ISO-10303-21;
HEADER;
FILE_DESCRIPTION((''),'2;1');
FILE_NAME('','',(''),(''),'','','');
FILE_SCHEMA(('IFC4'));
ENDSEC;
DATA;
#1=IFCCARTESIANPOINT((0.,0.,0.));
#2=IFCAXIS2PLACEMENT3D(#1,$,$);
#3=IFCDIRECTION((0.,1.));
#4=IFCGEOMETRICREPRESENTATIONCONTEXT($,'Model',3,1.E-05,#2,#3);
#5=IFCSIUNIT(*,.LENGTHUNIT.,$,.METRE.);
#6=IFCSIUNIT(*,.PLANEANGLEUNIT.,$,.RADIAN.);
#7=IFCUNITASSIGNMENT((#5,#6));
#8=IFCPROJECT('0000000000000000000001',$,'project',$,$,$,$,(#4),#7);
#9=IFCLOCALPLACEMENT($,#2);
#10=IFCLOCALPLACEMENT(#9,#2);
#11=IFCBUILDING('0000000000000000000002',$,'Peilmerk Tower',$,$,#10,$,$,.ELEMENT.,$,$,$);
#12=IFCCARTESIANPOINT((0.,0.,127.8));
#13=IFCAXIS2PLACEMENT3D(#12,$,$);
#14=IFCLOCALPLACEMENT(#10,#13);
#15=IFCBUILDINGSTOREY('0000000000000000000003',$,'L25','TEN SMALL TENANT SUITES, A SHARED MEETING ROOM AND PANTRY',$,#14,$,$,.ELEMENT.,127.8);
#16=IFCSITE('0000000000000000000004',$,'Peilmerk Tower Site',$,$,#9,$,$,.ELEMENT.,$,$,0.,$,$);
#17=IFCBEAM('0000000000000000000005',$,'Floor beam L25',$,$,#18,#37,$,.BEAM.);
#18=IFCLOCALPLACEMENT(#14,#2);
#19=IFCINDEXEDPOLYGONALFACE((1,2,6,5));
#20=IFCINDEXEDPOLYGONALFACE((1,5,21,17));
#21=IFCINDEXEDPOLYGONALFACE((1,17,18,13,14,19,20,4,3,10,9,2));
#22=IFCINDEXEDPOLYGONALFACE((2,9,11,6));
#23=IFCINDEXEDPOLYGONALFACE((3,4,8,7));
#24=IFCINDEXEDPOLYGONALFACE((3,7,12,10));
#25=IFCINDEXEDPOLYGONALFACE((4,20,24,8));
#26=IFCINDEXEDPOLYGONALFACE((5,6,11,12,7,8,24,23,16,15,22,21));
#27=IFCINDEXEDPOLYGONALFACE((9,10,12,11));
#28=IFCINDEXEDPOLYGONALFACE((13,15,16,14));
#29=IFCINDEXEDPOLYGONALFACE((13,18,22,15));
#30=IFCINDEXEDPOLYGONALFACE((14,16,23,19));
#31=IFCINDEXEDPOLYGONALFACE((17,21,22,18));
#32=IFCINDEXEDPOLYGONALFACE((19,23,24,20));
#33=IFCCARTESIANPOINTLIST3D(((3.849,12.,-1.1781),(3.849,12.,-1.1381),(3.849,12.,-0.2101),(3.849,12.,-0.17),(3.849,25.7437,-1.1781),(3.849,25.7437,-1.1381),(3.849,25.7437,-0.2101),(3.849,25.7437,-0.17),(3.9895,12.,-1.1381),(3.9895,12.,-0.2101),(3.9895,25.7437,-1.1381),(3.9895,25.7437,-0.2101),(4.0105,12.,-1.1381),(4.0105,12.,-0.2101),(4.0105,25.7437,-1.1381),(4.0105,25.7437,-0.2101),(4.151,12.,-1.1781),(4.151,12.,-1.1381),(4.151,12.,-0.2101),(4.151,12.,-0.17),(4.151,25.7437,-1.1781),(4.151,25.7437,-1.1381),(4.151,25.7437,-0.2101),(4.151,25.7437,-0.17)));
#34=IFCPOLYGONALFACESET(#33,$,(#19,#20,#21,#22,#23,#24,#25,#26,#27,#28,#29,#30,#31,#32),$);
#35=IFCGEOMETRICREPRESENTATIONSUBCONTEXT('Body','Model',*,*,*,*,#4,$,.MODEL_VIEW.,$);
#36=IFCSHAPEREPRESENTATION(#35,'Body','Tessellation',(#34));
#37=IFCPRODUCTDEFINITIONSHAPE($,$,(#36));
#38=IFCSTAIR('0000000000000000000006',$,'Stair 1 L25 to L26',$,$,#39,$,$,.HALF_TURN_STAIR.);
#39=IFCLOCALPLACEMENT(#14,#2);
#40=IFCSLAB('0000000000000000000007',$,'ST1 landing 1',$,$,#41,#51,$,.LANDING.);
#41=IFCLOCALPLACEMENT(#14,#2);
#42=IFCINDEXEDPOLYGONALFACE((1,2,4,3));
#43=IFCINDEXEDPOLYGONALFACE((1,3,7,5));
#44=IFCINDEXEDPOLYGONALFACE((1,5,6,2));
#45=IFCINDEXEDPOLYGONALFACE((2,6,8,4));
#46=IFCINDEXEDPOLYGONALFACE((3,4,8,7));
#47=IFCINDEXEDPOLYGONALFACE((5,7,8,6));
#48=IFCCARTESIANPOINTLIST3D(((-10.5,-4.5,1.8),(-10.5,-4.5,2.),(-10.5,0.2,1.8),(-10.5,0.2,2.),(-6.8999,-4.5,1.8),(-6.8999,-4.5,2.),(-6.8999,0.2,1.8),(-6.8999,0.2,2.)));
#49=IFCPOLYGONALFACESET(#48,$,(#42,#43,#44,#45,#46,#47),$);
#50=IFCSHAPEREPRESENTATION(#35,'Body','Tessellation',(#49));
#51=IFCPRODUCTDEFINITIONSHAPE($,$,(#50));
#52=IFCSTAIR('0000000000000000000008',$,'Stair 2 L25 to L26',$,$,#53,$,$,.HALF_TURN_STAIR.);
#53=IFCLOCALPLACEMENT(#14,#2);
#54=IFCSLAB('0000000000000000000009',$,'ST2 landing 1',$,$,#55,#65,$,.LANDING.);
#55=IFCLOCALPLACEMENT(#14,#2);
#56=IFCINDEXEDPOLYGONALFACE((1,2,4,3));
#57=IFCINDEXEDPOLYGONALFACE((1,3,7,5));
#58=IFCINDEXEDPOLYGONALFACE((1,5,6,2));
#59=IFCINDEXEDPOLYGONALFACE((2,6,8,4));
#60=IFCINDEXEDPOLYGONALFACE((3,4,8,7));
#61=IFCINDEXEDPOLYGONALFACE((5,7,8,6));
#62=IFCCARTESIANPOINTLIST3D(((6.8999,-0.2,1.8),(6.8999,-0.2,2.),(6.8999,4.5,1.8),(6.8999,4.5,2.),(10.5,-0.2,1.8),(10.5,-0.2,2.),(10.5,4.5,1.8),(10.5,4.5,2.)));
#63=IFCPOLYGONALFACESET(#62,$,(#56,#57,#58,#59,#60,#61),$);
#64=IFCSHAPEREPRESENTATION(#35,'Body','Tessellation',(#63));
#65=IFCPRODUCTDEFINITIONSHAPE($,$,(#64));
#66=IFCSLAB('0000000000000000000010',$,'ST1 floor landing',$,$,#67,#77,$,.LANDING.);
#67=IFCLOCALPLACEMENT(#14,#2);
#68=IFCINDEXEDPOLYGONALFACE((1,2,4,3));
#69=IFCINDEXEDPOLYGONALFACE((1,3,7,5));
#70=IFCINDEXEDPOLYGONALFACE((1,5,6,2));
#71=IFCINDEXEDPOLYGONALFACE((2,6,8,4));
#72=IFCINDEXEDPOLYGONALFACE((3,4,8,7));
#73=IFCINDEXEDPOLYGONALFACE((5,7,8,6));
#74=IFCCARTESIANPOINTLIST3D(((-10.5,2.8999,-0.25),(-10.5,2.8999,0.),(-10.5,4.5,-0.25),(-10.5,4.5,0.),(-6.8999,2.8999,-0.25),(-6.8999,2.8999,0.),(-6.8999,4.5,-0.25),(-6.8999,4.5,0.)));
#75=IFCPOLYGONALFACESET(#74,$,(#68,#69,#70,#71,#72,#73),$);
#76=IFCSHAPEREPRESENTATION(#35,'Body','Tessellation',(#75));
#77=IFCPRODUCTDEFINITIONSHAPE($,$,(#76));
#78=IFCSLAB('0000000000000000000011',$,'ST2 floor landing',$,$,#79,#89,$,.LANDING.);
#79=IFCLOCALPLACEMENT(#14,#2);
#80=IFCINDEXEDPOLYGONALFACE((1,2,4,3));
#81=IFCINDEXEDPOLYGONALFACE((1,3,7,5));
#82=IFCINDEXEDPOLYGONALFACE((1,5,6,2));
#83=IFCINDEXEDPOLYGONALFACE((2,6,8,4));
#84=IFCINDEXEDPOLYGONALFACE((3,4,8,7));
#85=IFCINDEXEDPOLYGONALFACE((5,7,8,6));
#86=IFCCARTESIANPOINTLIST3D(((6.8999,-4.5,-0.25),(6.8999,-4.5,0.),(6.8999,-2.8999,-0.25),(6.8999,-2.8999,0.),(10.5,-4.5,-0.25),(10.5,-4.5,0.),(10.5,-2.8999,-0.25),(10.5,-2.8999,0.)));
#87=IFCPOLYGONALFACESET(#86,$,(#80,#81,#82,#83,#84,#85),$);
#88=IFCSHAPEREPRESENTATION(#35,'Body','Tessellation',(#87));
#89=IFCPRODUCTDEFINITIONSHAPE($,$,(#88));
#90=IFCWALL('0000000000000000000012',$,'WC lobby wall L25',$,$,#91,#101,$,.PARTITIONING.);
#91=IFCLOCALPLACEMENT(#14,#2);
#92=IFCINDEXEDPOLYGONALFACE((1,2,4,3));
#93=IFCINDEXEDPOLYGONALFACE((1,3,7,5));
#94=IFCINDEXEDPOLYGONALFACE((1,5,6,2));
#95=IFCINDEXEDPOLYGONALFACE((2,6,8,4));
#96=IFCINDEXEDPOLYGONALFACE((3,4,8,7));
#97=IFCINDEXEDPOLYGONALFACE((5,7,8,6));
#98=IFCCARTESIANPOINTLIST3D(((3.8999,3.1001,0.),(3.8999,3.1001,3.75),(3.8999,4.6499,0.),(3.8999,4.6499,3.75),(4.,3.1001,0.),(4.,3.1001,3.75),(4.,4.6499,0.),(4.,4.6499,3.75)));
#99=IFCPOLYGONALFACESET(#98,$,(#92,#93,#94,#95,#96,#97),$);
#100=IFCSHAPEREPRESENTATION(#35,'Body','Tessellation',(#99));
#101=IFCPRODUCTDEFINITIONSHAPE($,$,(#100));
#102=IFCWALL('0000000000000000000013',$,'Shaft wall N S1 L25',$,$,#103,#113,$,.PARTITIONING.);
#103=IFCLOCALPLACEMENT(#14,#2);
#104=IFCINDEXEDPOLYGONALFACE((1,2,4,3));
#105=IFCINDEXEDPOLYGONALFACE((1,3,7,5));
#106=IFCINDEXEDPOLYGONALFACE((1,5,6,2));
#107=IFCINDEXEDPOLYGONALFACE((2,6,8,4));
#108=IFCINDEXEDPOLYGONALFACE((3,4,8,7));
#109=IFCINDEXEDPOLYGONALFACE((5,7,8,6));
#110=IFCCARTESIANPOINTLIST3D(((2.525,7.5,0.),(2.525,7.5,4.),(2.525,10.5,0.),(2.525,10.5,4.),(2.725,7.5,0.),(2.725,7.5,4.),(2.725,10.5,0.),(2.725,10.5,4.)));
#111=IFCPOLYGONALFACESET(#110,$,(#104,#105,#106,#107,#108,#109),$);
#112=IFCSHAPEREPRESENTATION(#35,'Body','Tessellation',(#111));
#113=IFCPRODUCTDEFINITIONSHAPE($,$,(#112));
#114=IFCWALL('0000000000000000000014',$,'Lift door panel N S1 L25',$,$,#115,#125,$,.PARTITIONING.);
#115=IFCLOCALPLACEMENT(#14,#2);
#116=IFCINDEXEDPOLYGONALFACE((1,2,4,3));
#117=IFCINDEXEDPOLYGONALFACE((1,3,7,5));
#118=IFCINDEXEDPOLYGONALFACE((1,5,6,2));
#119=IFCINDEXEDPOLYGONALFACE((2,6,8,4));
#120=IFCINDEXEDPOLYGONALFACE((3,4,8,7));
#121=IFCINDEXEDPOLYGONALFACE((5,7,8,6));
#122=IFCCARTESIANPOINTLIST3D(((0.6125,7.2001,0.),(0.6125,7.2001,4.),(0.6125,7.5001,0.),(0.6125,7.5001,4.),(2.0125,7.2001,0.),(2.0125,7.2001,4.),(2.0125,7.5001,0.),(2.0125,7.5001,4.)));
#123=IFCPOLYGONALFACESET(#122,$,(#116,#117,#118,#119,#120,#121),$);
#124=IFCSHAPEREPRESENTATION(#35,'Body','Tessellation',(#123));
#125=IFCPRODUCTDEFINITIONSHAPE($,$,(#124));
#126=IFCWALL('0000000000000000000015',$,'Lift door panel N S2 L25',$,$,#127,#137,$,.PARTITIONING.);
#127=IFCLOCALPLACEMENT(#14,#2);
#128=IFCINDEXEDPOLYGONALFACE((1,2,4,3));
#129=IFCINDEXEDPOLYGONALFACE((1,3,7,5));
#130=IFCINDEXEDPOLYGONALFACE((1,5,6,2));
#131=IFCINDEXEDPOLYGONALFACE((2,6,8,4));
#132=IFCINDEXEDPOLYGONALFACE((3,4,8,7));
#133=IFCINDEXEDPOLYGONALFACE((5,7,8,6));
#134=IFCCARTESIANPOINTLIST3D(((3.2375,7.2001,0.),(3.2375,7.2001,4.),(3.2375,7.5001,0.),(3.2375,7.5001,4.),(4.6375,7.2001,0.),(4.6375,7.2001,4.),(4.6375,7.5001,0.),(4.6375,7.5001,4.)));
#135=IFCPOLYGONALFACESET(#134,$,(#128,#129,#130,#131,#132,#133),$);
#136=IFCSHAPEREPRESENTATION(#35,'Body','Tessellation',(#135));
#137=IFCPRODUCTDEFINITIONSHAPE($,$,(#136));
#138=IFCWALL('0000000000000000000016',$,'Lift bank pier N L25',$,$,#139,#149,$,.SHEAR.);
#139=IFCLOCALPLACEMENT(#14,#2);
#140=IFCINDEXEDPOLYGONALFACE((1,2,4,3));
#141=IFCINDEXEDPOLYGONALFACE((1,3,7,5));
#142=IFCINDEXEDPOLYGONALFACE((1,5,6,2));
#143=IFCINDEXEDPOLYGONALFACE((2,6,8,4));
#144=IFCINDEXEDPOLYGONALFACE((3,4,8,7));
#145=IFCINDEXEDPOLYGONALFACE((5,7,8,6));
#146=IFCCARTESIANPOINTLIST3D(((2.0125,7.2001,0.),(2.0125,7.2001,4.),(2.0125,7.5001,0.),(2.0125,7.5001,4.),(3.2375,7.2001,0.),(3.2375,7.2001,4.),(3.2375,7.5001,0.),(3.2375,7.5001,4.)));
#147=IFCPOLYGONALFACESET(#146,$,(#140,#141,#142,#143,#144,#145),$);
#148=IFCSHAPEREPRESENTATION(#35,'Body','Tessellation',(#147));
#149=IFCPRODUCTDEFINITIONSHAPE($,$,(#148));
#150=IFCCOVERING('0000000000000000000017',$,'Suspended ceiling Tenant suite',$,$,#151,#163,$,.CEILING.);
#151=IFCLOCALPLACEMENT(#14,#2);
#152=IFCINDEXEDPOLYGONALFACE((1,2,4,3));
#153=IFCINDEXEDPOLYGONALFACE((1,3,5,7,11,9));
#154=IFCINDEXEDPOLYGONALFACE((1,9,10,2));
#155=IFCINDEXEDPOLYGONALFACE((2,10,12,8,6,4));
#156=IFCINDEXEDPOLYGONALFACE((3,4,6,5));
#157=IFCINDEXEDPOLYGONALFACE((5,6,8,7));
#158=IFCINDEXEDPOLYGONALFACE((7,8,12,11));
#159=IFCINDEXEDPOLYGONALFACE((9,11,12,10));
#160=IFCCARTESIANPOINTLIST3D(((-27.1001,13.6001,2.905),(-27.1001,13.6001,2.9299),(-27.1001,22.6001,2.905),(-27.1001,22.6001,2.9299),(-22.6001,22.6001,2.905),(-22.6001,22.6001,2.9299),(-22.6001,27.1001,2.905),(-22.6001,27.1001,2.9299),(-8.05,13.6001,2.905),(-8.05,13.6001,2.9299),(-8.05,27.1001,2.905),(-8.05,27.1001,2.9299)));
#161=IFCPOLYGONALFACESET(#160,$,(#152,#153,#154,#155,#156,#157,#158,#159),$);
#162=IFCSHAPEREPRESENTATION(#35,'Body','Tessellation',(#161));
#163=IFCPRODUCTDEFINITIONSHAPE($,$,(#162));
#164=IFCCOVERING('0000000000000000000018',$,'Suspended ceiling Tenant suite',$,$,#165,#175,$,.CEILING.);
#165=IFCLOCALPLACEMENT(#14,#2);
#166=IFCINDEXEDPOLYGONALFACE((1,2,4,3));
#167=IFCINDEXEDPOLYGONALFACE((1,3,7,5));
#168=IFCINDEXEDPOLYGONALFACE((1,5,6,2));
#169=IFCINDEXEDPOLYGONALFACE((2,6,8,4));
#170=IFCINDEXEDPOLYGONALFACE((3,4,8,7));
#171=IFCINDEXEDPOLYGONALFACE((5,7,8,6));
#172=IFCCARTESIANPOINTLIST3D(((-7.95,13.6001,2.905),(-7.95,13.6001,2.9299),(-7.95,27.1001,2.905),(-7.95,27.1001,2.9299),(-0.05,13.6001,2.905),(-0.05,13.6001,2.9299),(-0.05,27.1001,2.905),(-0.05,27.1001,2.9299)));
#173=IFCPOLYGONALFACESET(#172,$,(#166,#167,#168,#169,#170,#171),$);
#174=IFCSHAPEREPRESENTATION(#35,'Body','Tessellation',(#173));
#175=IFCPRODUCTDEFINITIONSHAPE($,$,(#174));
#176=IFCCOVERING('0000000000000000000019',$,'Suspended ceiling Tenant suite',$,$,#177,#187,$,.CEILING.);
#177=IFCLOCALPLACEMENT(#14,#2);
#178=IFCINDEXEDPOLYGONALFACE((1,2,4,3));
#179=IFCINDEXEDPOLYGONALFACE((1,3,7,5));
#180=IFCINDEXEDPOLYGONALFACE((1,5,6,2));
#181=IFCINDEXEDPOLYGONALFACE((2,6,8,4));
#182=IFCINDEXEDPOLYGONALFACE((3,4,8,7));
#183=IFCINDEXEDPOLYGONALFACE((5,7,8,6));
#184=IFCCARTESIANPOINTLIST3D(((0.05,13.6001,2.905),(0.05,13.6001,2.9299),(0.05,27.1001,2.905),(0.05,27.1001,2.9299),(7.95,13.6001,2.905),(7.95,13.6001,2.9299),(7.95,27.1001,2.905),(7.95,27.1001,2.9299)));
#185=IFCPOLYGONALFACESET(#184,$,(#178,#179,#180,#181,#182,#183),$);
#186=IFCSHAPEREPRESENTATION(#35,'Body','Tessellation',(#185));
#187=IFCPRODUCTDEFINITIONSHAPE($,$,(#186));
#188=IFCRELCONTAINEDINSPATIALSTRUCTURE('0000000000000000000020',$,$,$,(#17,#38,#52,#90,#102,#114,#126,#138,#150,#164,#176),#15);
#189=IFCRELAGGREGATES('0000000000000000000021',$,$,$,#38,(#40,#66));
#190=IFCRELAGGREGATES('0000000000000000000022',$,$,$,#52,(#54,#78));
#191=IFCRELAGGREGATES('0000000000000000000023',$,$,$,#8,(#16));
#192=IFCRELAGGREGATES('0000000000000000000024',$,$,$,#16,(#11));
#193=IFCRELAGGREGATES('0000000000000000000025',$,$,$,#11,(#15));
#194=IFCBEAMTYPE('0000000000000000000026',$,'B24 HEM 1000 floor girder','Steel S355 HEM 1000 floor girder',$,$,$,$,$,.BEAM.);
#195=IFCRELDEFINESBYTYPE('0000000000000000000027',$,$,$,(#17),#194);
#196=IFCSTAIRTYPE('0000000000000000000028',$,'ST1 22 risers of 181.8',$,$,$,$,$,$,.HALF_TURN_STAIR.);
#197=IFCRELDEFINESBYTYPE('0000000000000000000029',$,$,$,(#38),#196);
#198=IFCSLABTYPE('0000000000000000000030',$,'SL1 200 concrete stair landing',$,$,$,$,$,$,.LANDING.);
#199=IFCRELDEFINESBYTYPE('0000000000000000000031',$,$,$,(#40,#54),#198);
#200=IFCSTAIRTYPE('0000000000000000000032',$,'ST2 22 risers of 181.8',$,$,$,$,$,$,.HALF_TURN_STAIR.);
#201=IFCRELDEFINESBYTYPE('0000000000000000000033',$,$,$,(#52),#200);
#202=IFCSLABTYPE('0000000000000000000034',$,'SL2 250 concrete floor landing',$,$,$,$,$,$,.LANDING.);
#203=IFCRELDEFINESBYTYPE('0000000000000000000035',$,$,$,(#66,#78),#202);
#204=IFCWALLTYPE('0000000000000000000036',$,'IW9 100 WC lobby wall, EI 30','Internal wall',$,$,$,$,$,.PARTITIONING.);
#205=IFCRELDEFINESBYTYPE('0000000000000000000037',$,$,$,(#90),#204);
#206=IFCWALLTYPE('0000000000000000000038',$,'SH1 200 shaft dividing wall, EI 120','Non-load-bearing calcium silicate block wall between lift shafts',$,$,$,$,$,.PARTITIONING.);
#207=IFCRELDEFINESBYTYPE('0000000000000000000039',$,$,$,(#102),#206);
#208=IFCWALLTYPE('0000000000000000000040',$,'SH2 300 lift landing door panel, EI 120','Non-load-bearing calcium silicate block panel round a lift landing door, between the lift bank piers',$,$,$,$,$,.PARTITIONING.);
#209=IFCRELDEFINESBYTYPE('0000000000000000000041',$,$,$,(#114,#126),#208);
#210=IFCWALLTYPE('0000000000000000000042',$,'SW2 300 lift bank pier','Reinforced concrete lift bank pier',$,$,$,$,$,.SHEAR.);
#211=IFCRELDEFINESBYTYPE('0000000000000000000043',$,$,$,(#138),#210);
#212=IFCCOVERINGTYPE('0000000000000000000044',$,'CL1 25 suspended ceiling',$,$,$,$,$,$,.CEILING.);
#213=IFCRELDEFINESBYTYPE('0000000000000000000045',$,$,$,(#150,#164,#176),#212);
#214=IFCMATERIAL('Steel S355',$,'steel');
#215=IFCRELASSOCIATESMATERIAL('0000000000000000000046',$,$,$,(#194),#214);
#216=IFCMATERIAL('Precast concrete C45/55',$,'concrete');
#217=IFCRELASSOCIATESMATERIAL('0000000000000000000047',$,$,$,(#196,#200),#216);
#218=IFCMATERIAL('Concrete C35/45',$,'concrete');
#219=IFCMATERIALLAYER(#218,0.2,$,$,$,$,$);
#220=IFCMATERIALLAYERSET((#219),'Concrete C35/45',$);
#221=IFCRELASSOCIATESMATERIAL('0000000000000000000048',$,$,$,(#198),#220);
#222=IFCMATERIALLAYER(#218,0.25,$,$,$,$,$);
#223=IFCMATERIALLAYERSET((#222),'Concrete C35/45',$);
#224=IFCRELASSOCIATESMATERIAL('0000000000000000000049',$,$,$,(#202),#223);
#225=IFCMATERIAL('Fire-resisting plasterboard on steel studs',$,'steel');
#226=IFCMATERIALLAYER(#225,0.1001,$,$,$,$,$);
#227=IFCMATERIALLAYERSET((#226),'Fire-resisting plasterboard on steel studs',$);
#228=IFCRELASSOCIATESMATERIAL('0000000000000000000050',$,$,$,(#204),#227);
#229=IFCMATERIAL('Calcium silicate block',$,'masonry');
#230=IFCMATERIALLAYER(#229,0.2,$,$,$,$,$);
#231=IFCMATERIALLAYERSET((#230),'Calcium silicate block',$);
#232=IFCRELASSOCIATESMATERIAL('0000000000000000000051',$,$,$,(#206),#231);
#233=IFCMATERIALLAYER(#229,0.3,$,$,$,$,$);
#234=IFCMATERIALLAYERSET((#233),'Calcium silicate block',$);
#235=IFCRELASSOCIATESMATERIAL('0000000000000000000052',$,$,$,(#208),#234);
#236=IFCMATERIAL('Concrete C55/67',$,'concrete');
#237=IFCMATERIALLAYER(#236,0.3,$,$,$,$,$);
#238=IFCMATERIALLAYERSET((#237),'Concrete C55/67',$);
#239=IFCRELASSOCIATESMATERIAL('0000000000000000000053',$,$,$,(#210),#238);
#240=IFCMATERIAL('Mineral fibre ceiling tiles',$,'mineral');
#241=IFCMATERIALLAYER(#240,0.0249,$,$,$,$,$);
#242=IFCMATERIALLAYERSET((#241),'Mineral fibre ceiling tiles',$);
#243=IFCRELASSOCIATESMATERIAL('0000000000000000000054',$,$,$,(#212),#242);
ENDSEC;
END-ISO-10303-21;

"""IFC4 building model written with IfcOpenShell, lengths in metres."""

from ifc_helpers import new_model, si_unit, direction, frame, frame_2d, origin, origin_2d, place, context, subcontext, project, spatial, polyline, rectangle, i_section, outline, extrude, material, layer, layer_set, material_profile, profile_set, type_object, element, aggregate, save


model = new_model("IFC4")

# Units and contexts
model_context = context("Model", 3, precision=1e-05, world=origin(), true_north=direction((0.0, 1.0)))
body_context = subcontext(model_context, "Body", "Model", "MODEL_VIEW")
ifc_project = project(units=[si_unit("LENGTHUNIT", "METRE"), si_unit("PLANEANGLEUNIT", "RADIAN")], contexts=[model_context])

# Site, building, storey
site_placement = place(None, origin())
site = spatial("IfcSite", under=ifc_project, at=site_placement, Name="Peilmerk Tower Site", CompositionType="ELEMENT", RefElevation=0.0)
building_placement = place(site_placement, origin())
building = spatial("IfcBuilding", under=site, at=building_placement, Name="Peilmerk Tower", CompositionType="ELEMENT")
storey_placement = place(building_placement, frame((0.0, 0.0, 127.8)))
storey = spatial("IfcBuildingStorey", under=building, at=storey_placement, Name="L25", Description="TEN SMALL TENANT SUITES, A SHARED MEETING ROOM AND PANTRY", CompositionType="ELEMENT", Elevation=127.8)

# Beam
ifc_material_1 = material(Name="Steel S355", Category="steel")
ifc_material_profile = material_profile(ifc_material_1, i_section(OverallWidth=0.302, OverallDepth=1.0081, WebThickness=0.021, FlangeThickness=0.04, at=origin_2d()), Name="HEM 1000")
ifc_profile_set = profile_set([ifc_material_profile], Name="Steel S355")
beam_type = type_object("IfcBeamType", Name="B24 HEM 1000 floor girder", Description="Steel S355 HEM 1000 floor girder", PredefinedType="BEAM", material=ifc_profile_set)
beam_placement = place(storey_placement, frame((4.0, 12.0, -0.6741), z_axis=(0.0, 1.0, 0.0), x_axis=(-1.0, 0.0, 0.0)))
element("IfcBeam", 1, at=beam_placement, inside=storey, type_object=beam_type, Name="Floor beam L25", PredefinedType="BEAM", context=body_context, shape_type="SweptSolid", body=[
    extrude(i_section(OverallWidth=0.302, OverallDepth=1.0081, WebThickness=0.021, FlangeThickness=0.04, at=origin_2d()), origin(), (0.0, 0.0, 1.0), 13.7437),
])

# Stairs, slabs
ifc_material_2 = material(Name="Precast concrete C45/55", Category="concrete")
stair_type_1 = type_object("IfcStairType", Name="ST1 22 risers of 181.8", PredefinedType="HALF_TURN_STAIR", material=ifc_material_2)
stair_1_placement = place(storey_placement, origin())
stair_1 = element("IfcStair", 2, at=stair_1_placement, inside=storey, type_object=stair_type_1, Name="Stair 1 L25 to L26", PredefinedType="HALF_TURN_STAIR")
ifc_material_3 = material(Name="Concrete C35/45", Category="concrete")
ifc_layer_1 = layer(ifc_material_3, 0.2)
ifc_layer_set_1 = layer_set([ifc_layer_1], Name="Concrete C35/45")
slab_type_1 = type_object("IfcSlabType", Name="SL1 200 concrete stair landing", PredefinedType="LANDING", material=ifc_layer_set_1)
slab_1_placement = place(storey_placement, frame((0.0, 0.0, 1.8)))
slab_1 = element("IfcSlab", 3, at=slab_1_placement, type_object=slab_type_1, Name="ST1 landing 1", PredefinedType="LANDING", context=body_context, shape_type="SweptSolid", body=[
    extrude(outline(polyline([(-10.5, -4.5), (-6.8999, -4.5), (-6.8999, 0.2), (-10.5, 0.2), (-10.5, -4.5)])), origin(), (0.0, 0.0, 1.0), 0.2),
])
stair_type_2 = type_object("IfcStairType", Name="ST2 22 risers of 181.8", PredefinedType="HALF_TURN_STAIR", material=ifc_material_2)
stair_2_placement = place(storey_placement, origin())
stair_2 = element("IfcStair", 4, at=stair_2_placement, inside=storey, type_object=stair_type_2, Name="Stair 2 L25 to L26", PredefinedType="HALF_TURN_STAIR")
slab_2_placement = place(storey_placement, frame((0.0, 0.0, 1.8)))
slab_2 = element("IfcSlab", 5, at=slab_2_placement, type_object=slab_type_1, Name="ST2 landing 1", PredefinedType="LANDING", context=body_context, shape_type="SweptSolid", body=[
    extrude(outline(polyline([(6.8999, -0.2), (10.5, -0.2), (10.5, 4.5), (6.8999, 4.5), (6.8999, -0.2)])), origin(), (0.0, 0.0, 1.0), 0.2),
])

# Slabs
ifc_layer_2 = layer(ifc_material_3, 0.25)
ifc_layer_set_2 = layer_set([ifc_layer_2], Name="Concrete C35/45")
slab_type_2 = type_object("IfcSlabType", Name="SL2 250 concrete floor landing", PredefinedType="LANDING", material=ifc_layer_set_2)
slab_3_placement = place(storey_placement, frame((0.0, 0.0, -0.25)))
slab_3 = element("IfcSlab", 6, at=slab_3_placement, type_object=slab_type_2, Name="ST1 floor landing", PredefinedType="LANDING", context=body_context, shape_type="SweptSolid", body=[
    extrude(outline(polyline([(-10.5, 2.8999), (-6.8999, 2.8999), (-6.8999, 4.5), (-10.5, 4.5), (-10.5, 2.8999)])), origin(), (0.0, 0.0, 1.0), 0.25),
])
aggregate(stair_1, [slab_1, slab_3])
slab_4_placement = place(storey_placement, frame((0.0, 0.0, -0.25)))
slab_4 = element("IfcSlab", 7, at=slab_4_placement, type_object=slab_type_2, Name="ST2 floor landing", PredefinedType="LANDING", context=body_context, shape_type="SweptSolid", body=[
    extrude(outline(polyline([(6.8999, -4.5), (10.5, -4.5), (10.5, -2.8999), (6.8999, -2.8999), (6.8999, -4.5)])), origin(), (0.0, 0.0, 1.0), 0.25),
])
aggregate(stair_2, [slab_2, slab_4])

# Walls
ifc_material_4 = material(Name="Fire-resisting plasterboard on steel studs", Category="steel")
ifc_layer_3 = layer(ifc_material_4, 0.1001)
ifc_layer_set_3 = layer_set([ifc_layer_3], Name="Fire-resisting plasterboard on steel studs")
wall_type_1 = type_object("IfcWallType", Name="IW9 100 WC lobby wall, EI 30", Description="Internal wall", PredefinedType="PARTITIONING", material=ifc_layer_set_3)
wall_1_placement = place(storey_placement, frame((3.95, 3.1001, 0.0), z_axis=(0.0, 0.0, 1.0), x_axis=(0.0, 1.0, 0.0)))
element("IfcWall", 8, at=wall_1_placement, inside=storey, type_object=wall_type_1, Name="WC lobby wall L25", PredefinedType="PARTITIONING", context=body_context, shape_type="SweptSolid", body=[
    extrude(rectangle(XDim=1.5498, YDim=0.1001, at=frame_2d((0.7749, 0.0))), origin(), (0.0, 0.0, 1.0), 3.75),
])
ifc_material_5 = material(Name="Calcium silicate block", Category="masonry")
ifc_layer_4 = layer(ifc_material_5, 0.2)
ifc_layer_set_4 = layer_set([ifc_layer_4], Name="Calcium silicate block")
wall_type_2 = type_object("IfcWallType", Name="SH1 200 shaft dividing wall, EI 120", Description="Non-load-bearing calcium silicate block wall between lift shafts", PredefinedType="PARTITIONING", material=ifc_layer_set_4)
wall_2_placement = place(storey_placement, frame((2.625, 7.5, 0.0), z_axis=(0.0, 0.0, 1.0), x_axis=(0.0, 1.0, 0.0)))
element("IfcWall", 9, at=wall_2_placement, inside=storey, type_object=wall_type_2, Name="Shaft wall N S1 L25", PredefinedType="PARTITIONING", context=body_context, shape_type="SweptSolid", body=[
    extrude(rectangle(XDim=3.0, YDim=0.2, at=frame_2d((1.5, 0.0))), origin(), (0.0, 0.0, 1.0), 4.0),
])
ifc_layer_5 = layer(ifc_material_5, 0.3)
ifc_layer_set_5 = layer_set([ifc_layer_5], Name="Calcium silicate block")
wall_type_3 = type_object("IfcWallType", Name="SH2 300 lift landing door panel, EI 120", Description="Non-load-bearing calcium silicate block panel round a lift landing door, between the lift bank piers", PredefinedType="PARTITIONING", material=ifc_layer_set_5)
for number, where, z_axis, x_axis, name in (
    (10, (0.6125, 7.3501, 0.0), (0.0, 0.0, 1.0), (1.0, 0.0, 0.0), "Lift door panel N S1 L25"),
    (11, (3.2375, 7.3501, 0.0), (0.0, 0.0, 1.0), (1.0, 0.0, 0.0), "Lift door panel N S2 L25"),
):
    element("IfcWall", number, at=place(storey_placement, frame(where, z_axis=z_axis, x_axis=x_axis)), inside=storey, type_object=wall_type_3, Name=name, PredefinedType="PARTITIONING", context=body_context, shape_type="SweptSolid", body=[
        extrude(rectangle(XDim=1.3999, YDim=0.3, at=frame_2d((0.7, 0.0))), origin(), (0.0, 0.0, 1.0), 4.0),
    ])
ifc_material_6 = material(Name="Concrete C55/67", Category="concrete")
ifc_layer_6 = layer(ifc_material_6, 0.3)
ifc_layer_set_6 = layer_set([ifc_layer_6], Name="Concrete C55/67")
wall_type_4 = type_object("IfcWallType", Name="SW2 300 lift bank pier", Description="Reinforced concrete lift bank pier", PredefinedType="SHEAR", material=ifc_layer_set_6)
wall_3_placement = place(storey_placement, frame((2.0125, 7.3501, 0.0), z_axis=(0.0, 0.0, 1.0), x_axis=(1.0, 0.0, 0.0)))
element("IfcWall", 12, at=wall_3_placement, inside=storey, type_object=wall_type_4, Name="Lift bank pier N L25", PredefinedType="SHEAR", context=body_context, shape_type="SweptSolid", body=[
    extrude(rectangle(XDim=1.2251, YDim=0.3, at=frame_2d((0.6125, 0.0))), origin(), (0.0, 0.0, 1.0), 4.0),
])

# Coverings
ifc_material_7 = material(Name="Mineral fibre ceiling tiles", Category="mineral")
ifc_layer_7 = layer(ifc_material_7, 0.0249)
ifc_layer_set_7 = layer_set([ifc_layer_7], Name="Mineral fibre ceiling tiles")
covering_type = type_object("IfcCoveringType", Name="CL1 25 suspended ceiling", PredefinedType="CEILING", material=ifc_layer_set_7)
covering_1_placement = place(storey_placement, frame((0.0, 0.0, 2.905)))
element("IfcCovering", 13, at=covering_1_placement, inside=storey, type_object=covering_type, Name="Suspended ceiling Tenant suite", PredefinedType="CEILING", context=body_context, shape_type="SweptSolid", body=[
    extrude(outline(polyline([(-27.1001, 22.6001), (-27.1001, 13.6001), (-8.05, 13.6001), (-8.05, 27.1001), (-22.6001, 27.1001), (-22.6001, 22.6001), (-27.1001, 22.6001)])), origin(), (0.0, 0.0, 1.0), 0.0249),
])
covering_2_placement = place(storey_placement, frame((0.0, 0.0, 2.905)))
element("IfcCovering", 14, at=covering_2_placement, inside=storey, type_object=covering_type, Name="Suspended ceiling Tenant suite", PredefinedType="CEILING", context=body_context, shape_type="SweptSolid", body=[
    extrude(outline(polyline([(-0.05, 27.1001), (-7.95, 27.1001), (-7.95, 13.6001), (-0.05, 13.6001), (-0.05, 27.1001)])), origin(), (0.0, 0.0, 1.0), 0.0249),
])
covering_3_placement = place(storey_placement, frame((0.0, 0.0, 2.905)))
element("IfcCovering", 15, at=covering_3_placement, inside=storey, type_object=covering_type, Name="Suspended ceiling Tenant suite", PredefinedType="CEILING", context=body_context, shape_type="SweptSolid", body=[
    extrude(outline(polyline([(7.95, 27.1001), (0.05, 27.1001), (0.05, 13.6001), (7.95, 13.6001), (7.95, 27.1001)])), origin(), (0.0, 0.0, 1.0), 0.0249),
])

save(model, "model.ifc")
